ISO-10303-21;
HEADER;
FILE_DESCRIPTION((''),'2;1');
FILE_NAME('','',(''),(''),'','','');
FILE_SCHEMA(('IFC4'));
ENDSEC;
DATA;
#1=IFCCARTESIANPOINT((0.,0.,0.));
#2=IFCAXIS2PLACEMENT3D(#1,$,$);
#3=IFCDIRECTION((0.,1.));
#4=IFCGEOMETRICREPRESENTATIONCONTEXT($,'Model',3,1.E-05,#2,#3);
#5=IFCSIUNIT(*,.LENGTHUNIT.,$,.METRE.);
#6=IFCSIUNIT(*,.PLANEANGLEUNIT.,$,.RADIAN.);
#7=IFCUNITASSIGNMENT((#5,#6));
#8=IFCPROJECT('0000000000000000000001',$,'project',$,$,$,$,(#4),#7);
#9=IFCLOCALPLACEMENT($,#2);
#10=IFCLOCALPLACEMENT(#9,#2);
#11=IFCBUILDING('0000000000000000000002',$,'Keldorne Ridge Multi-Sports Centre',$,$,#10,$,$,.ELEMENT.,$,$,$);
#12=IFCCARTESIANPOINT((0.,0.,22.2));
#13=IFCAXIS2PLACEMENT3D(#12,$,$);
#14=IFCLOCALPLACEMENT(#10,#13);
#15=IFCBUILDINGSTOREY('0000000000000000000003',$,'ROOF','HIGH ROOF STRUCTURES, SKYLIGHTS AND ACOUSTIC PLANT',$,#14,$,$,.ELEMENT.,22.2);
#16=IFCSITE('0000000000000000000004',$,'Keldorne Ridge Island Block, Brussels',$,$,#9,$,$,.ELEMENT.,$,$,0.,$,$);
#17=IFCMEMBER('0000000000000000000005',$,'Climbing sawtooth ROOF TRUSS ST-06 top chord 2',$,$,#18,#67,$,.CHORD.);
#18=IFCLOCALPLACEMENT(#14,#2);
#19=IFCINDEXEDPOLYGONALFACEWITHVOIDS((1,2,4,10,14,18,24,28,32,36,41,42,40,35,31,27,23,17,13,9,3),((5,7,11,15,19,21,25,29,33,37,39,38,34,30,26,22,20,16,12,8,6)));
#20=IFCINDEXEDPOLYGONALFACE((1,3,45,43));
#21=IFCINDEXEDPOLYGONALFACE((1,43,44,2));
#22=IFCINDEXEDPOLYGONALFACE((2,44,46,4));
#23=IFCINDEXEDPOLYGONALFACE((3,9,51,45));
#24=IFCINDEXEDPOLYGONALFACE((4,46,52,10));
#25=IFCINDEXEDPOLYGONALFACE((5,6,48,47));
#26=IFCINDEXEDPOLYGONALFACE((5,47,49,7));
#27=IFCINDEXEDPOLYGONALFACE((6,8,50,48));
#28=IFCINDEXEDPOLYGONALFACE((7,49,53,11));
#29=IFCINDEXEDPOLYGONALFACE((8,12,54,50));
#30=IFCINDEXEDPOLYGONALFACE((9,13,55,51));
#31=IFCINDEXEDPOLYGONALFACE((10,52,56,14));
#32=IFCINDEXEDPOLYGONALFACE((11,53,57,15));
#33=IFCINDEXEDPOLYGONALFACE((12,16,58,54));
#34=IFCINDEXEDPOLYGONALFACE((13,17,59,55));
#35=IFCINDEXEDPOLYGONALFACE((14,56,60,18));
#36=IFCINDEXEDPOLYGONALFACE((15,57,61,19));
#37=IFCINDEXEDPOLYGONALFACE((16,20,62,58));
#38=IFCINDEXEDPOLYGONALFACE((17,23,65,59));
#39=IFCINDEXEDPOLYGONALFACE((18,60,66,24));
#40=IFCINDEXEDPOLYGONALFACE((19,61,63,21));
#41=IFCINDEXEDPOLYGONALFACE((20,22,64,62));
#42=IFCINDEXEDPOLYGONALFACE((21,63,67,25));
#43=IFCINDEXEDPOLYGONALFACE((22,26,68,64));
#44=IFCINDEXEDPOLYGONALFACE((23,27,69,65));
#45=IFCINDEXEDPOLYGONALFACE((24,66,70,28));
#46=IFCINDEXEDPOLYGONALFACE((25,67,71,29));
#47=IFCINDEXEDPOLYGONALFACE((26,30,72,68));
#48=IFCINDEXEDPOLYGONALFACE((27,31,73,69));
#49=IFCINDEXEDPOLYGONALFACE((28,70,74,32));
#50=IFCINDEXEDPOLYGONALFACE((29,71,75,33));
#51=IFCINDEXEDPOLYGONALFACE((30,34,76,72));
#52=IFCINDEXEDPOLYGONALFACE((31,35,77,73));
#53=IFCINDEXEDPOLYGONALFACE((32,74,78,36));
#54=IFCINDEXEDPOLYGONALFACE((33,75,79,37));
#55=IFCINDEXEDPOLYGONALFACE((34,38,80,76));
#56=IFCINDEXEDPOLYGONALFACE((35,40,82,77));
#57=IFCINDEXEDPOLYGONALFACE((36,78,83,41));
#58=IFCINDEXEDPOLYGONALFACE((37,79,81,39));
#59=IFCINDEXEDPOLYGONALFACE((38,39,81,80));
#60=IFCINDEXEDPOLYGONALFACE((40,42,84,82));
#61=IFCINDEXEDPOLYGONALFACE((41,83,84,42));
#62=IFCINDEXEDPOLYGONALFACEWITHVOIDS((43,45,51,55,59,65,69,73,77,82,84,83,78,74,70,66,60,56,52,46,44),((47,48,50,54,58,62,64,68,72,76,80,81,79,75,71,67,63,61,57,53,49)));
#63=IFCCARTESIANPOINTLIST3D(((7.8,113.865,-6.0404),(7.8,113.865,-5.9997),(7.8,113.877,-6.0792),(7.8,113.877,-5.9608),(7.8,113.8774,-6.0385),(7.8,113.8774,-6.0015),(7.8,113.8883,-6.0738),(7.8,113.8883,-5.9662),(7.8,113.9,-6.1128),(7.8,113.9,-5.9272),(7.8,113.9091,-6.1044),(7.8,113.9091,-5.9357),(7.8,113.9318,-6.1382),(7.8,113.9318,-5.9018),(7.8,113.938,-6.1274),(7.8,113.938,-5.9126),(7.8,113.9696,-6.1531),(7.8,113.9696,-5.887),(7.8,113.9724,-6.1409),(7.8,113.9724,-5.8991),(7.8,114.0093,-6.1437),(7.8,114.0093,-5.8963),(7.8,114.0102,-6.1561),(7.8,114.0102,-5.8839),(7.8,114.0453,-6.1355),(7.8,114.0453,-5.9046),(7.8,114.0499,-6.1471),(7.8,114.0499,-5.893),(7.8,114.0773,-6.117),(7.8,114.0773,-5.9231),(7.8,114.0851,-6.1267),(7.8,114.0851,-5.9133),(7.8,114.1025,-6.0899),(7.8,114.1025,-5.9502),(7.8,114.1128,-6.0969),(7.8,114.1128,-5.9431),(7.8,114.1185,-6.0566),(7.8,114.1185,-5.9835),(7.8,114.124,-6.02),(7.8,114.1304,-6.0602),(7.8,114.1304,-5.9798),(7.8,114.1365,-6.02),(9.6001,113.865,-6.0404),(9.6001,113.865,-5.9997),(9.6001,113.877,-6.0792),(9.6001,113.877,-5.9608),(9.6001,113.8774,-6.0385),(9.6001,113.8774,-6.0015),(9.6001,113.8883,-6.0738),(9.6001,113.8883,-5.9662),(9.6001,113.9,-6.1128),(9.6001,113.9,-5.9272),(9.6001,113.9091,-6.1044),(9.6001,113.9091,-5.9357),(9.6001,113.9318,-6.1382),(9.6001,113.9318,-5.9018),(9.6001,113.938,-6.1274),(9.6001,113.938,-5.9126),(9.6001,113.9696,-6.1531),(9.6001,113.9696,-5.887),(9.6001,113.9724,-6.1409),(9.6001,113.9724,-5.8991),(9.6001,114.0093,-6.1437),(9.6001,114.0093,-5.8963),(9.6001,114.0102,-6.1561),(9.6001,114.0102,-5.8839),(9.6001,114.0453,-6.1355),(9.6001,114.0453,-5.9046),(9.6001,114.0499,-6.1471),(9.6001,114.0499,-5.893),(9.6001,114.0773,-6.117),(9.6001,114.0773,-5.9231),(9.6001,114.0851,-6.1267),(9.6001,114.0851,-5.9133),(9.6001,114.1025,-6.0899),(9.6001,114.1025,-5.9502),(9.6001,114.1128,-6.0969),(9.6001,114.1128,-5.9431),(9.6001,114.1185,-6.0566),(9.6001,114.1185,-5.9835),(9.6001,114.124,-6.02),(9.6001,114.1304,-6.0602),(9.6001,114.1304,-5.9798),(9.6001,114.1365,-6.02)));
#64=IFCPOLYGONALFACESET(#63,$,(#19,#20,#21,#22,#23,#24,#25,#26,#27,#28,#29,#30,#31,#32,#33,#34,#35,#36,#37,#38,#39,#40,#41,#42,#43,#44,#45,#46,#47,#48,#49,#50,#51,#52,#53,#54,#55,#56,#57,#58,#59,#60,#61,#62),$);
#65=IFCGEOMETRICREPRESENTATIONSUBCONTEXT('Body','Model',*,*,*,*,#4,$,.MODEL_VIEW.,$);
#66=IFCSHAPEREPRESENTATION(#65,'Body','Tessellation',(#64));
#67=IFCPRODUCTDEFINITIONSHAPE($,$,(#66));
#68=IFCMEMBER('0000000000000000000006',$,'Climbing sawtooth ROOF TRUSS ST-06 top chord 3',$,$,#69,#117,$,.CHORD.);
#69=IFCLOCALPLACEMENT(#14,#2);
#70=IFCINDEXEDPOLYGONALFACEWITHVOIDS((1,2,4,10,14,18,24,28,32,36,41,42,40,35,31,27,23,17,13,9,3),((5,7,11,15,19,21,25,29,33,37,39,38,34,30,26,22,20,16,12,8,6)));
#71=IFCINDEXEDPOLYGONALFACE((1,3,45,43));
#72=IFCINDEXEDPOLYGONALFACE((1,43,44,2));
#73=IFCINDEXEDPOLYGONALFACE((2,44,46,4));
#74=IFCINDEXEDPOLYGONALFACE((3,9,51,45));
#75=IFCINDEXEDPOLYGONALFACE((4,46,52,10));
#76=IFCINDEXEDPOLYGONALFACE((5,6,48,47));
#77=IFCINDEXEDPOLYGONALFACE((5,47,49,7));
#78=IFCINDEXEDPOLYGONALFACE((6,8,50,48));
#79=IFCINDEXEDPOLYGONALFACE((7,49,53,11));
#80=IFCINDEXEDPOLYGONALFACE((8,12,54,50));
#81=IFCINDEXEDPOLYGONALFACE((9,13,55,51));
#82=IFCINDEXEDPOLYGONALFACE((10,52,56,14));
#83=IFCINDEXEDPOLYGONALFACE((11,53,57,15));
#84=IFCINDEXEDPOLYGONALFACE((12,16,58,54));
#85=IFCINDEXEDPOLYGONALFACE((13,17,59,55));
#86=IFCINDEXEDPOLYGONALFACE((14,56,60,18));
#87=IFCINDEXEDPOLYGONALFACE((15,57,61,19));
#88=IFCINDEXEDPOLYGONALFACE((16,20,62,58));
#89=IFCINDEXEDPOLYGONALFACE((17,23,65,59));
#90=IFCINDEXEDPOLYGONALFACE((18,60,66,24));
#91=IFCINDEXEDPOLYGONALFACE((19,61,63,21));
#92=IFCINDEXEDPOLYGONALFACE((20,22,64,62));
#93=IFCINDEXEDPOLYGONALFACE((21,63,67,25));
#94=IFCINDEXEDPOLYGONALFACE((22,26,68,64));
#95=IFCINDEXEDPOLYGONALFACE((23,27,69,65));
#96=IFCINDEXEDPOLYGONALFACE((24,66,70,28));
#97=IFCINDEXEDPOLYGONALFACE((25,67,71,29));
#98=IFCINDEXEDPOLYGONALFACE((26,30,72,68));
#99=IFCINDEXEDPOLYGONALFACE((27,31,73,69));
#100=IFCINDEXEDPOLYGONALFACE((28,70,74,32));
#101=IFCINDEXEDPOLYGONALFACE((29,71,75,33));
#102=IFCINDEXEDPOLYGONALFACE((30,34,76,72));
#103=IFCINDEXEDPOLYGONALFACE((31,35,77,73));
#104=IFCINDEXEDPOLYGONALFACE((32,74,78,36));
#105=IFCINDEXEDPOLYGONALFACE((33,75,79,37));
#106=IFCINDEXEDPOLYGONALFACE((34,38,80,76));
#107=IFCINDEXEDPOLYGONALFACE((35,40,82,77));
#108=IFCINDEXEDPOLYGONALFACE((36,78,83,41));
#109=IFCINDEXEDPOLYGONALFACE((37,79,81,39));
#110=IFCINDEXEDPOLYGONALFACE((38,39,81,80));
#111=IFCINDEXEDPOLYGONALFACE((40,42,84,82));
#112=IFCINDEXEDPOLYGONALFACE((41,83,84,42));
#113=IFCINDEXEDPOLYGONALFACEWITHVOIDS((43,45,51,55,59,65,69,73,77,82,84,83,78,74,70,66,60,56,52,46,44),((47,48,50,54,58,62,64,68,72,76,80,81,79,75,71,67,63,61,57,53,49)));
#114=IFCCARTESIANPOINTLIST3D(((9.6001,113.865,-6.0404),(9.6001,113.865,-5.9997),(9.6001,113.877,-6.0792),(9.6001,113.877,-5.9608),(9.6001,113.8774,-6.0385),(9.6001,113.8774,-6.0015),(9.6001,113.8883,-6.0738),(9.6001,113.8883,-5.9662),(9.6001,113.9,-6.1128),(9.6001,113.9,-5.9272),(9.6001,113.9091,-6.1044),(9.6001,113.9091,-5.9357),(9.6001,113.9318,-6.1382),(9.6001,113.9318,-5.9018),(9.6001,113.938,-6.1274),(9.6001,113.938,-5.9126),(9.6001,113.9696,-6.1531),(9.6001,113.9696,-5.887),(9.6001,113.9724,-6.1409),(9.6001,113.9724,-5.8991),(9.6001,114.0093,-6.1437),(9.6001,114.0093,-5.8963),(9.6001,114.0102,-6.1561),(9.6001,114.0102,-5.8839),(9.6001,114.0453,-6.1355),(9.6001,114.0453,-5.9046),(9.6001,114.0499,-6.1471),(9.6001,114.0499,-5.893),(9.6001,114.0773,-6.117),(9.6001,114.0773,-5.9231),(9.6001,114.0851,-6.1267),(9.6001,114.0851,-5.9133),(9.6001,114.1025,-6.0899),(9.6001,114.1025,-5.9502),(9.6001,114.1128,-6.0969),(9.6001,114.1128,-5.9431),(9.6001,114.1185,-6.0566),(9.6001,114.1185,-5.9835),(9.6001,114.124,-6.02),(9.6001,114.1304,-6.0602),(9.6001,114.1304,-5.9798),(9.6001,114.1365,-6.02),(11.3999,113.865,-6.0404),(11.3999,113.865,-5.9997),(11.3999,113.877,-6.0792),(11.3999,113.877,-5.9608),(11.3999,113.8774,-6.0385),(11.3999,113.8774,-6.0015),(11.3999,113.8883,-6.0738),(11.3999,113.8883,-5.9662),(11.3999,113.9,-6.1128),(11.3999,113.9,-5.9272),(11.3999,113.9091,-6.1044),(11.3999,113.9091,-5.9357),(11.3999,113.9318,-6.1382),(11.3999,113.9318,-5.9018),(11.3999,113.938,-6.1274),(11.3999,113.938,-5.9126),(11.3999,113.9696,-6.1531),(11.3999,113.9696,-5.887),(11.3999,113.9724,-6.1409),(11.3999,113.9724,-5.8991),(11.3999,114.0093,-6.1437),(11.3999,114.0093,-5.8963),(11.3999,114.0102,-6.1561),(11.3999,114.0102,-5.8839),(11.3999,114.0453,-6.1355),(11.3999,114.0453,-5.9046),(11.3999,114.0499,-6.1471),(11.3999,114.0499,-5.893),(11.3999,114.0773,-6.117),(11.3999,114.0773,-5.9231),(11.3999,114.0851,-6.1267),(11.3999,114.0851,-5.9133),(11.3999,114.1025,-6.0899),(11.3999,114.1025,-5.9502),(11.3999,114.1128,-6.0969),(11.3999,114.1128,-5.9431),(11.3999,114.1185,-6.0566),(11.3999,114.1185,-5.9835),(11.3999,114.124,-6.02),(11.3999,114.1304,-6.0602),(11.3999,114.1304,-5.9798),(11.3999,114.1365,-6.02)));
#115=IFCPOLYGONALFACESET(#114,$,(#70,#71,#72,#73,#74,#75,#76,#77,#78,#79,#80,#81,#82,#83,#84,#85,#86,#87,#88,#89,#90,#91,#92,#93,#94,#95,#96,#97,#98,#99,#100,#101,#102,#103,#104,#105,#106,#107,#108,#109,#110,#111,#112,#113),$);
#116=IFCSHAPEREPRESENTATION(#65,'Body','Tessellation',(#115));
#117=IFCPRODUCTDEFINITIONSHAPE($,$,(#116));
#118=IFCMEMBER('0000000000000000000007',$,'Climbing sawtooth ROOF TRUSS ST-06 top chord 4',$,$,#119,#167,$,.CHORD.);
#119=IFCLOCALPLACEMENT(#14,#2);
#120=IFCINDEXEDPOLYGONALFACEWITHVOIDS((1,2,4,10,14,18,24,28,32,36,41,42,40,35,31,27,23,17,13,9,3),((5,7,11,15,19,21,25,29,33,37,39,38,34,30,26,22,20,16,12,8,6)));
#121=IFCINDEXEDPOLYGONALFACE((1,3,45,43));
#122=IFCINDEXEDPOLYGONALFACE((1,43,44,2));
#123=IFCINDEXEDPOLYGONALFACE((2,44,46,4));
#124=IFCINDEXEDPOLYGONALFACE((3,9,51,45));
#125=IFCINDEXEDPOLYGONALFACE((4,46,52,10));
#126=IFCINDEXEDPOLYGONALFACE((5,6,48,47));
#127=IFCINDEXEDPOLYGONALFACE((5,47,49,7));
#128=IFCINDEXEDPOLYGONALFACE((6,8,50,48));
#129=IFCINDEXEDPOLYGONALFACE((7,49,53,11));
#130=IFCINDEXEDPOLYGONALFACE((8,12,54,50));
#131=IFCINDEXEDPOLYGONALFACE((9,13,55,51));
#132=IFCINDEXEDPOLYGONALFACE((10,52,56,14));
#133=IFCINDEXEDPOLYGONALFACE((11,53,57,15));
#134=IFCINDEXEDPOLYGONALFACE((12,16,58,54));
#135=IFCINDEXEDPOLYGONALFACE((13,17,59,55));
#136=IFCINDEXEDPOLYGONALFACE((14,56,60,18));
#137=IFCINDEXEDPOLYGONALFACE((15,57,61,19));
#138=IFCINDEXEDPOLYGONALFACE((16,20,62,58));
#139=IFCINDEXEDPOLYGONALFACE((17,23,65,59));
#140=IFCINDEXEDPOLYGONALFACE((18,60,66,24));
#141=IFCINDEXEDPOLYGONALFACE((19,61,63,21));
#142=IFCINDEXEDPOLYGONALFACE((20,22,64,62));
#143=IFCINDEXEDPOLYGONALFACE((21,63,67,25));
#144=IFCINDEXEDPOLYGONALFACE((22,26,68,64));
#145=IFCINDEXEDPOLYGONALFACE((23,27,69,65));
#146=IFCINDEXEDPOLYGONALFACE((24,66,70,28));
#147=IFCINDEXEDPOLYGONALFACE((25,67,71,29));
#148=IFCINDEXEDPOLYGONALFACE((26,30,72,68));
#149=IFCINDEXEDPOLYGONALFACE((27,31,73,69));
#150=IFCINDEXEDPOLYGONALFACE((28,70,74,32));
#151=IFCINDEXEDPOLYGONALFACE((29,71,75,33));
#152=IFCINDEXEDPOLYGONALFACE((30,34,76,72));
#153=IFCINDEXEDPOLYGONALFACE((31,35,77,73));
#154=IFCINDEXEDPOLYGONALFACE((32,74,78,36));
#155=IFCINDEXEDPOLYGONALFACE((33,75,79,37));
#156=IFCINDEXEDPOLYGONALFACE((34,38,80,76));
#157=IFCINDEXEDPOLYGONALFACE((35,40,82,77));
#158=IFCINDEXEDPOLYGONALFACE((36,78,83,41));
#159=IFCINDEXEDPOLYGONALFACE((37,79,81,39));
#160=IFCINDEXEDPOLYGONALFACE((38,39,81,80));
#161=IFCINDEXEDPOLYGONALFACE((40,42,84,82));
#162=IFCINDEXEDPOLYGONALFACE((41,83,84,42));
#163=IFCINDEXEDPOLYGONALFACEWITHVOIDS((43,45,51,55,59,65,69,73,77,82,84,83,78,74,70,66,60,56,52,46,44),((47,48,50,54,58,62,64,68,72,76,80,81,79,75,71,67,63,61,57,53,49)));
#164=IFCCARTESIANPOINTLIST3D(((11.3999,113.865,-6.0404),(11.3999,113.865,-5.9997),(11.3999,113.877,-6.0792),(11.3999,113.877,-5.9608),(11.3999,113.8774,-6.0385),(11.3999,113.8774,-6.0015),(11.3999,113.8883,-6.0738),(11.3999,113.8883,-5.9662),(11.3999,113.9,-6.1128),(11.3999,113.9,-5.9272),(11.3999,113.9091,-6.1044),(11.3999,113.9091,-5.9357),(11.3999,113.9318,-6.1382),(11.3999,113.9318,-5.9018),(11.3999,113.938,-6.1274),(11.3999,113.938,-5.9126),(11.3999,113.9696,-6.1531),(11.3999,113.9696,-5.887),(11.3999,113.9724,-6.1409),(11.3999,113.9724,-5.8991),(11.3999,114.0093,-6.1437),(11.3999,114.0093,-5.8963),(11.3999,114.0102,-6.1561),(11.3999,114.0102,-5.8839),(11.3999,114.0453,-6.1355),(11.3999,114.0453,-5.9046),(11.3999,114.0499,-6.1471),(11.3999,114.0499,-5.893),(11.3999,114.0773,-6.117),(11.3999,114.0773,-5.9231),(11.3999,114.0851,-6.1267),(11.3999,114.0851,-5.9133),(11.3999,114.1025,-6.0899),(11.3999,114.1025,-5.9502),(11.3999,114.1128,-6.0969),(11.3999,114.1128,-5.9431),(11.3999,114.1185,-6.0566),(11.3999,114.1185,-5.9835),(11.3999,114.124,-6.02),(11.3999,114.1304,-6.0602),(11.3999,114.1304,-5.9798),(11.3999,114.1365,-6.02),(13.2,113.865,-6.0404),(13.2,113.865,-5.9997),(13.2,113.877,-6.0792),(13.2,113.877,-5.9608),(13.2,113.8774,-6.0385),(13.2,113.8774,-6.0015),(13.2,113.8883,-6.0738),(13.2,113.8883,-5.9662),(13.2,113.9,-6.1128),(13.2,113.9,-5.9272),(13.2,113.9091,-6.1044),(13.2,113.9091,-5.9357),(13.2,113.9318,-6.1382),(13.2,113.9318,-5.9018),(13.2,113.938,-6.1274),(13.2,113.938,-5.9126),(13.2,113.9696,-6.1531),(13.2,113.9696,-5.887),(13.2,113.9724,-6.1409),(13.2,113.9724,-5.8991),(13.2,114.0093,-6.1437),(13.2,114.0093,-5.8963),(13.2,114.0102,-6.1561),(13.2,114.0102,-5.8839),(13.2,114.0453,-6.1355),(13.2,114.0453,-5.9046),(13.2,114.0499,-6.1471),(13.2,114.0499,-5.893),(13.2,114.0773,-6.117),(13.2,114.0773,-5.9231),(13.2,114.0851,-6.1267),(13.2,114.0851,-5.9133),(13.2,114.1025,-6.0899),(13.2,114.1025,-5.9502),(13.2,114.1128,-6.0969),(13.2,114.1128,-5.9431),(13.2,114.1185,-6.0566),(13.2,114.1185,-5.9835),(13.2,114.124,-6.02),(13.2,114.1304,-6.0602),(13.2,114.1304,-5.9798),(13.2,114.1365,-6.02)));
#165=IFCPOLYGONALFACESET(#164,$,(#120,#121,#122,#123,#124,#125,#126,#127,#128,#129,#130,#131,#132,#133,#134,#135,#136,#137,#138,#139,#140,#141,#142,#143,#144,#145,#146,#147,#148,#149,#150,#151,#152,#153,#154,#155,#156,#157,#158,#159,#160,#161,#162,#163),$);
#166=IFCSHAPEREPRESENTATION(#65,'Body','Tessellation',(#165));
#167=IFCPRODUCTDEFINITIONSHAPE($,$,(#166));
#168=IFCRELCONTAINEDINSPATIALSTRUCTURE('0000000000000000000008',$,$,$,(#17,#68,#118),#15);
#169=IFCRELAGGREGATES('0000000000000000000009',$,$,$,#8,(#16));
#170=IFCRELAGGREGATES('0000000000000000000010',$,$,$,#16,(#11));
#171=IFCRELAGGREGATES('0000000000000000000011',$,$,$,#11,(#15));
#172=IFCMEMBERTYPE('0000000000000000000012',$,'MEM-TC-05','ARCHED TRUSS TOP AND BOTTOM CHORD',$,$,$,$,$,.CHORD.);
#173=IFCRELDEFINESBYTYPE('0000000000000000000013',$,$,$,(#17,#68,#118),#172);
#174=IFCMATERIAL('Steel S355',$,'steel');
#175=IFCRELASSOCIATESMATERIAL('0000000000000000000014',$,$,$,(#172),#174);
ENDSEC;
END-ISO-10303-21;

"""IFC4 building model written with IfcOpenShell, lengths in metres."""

from ifc_helpers import new_model, si_unit, direction, frame, origin, origin_2d, place, context, subcontext, project, spatial, hollow_circle, extrude, material, material_profile, profile_set, type_object, element, save


model = new_model("IFC4")

# Units and contexts
model_context = context("Model", 3, precision=1e-05, world=origin(), true_north=direction((0.0, 1.0)))
body_context = subcontext(model_context, "Body", "Model", "MODEL_VIEW")
ifc_project = project(units=[si_unit("LENGTHUNIT", "METRE"), si_unit("PLANEANGLEUNIT", "RADIAN")], contexts=[model_context])

# Site, building, storey
site_placement = place(None, origin())
site = spatial("IfcSite", under=ifc_project, at=site_placement, Name="Keldorne Ridge Island Block, Brussels", CompositionType="ELEMENT", RefElevation=0.0)
building_placement = place(site_placement, origin())
building = spatial("IfcBuilding", under=site, at=building_placement, Name="Keldorne Ridge Multi-Sports Centre", CompositionType="ELEMENT")
storey_placement = place(building_placement, frame((0.0, 0.0, 22.2)))
storey = spatial("IfcBuildingStorey", under=building, at=storey_placement, Name="ROOF", Description="HIGH ROOF STRUCTURES, SKYLIGHTS AND ACOUSTIC PLANT", CompositionType="ELEMENT", Elevation=22.2)

# Shared definitions
ifc_material_1 = material(Name="Steel S355", Category="steel")

# Members
ifc_material_profile_1 = material_profile(ifc_material_1, hollow_circle(Radius=0.1365, WallThickness=0.0125, at=origin_2d()), Name="CHS 273x12.5")
ifc_profile_set_1 = profile_set([ifc_material_profile_1], Name="Steel S355")
member_type_1 = type_object("IfcMemberType", Name="MEM-TC-05", Description="ARCHED TRUSS TOP AND BOTTOM CHORD", PredefinedType="CHORD", material=ifc_profile_set_1)
for number, where, z_axis, x_axis, name in (
    (1, (7.8, 114.0, -6.02), (1.0, 0.0, 0.0), (0.0, 1.0, 0.0), "Climbing sawtooth ROOF TRUSS ST-06 top chord 2"),
):
    element("IfcMember", number, at=place(storey_placement, frame(where, z_axis=z_axis, x_axis=x_axis)), inside=storey, type_object=member_type_1, Name=name, PredefinedType="CHORD", context=body_context, shape_type="SweptSolid", body=[
        extrude(hollow_circle(Radius=0.1365, WallThickness=0.0125, at=origin_2d()), origin(), (0.0, 0.0, 1.0), 1.8),
    ])
member_1_placement = place(storey_placement, frame((9.6001, 114.0, -6.02), z_axis=(1.0, 0.0, 0.0), x_axis=(0.0, 1.0, 0.0)))
element("IfcMember", 2, at=member_1_placement, inside=storey, type_object=member_type_1, Name="Climbing sawtooth ROOF TRUSS ST-06 top chord 3", PredefinedType="CHORD", context=body_context, shape_type="SweptSolid", body=[
    extrude(hollow_circle(Radius=0.1365, WallThickness=0.0125, at=origin_2d()), origin(), (0.0, 0.0, 1.0), 1.7998),
])
for number, where, z_axis, x_axis, name in (
    (3, (11.3999, 114.0, -6.02), (1.0, 0.0, 0.0), (0.0, 1.0, 0.0), "Climbing sawtooth ROOF TRUSS ST-06 top chord 4"),
):
    element("IfcMember", number, at=place(storey_placement, frame(where, z_axis=z_axis, x_axis=x_axis)), inside=storey, type_object=member_type_1, Name=name, PredefinedType="CHORD", context=body_context, shape_type="SweptSolid", body=[
        extrude(hollow_circle(Radius=0.1365, WallThickness=0.0125, at=origin_2d()), origin(), (0.0, 0.0, 1.0), 1.8),
    ])

save(model, "model.ifc")
